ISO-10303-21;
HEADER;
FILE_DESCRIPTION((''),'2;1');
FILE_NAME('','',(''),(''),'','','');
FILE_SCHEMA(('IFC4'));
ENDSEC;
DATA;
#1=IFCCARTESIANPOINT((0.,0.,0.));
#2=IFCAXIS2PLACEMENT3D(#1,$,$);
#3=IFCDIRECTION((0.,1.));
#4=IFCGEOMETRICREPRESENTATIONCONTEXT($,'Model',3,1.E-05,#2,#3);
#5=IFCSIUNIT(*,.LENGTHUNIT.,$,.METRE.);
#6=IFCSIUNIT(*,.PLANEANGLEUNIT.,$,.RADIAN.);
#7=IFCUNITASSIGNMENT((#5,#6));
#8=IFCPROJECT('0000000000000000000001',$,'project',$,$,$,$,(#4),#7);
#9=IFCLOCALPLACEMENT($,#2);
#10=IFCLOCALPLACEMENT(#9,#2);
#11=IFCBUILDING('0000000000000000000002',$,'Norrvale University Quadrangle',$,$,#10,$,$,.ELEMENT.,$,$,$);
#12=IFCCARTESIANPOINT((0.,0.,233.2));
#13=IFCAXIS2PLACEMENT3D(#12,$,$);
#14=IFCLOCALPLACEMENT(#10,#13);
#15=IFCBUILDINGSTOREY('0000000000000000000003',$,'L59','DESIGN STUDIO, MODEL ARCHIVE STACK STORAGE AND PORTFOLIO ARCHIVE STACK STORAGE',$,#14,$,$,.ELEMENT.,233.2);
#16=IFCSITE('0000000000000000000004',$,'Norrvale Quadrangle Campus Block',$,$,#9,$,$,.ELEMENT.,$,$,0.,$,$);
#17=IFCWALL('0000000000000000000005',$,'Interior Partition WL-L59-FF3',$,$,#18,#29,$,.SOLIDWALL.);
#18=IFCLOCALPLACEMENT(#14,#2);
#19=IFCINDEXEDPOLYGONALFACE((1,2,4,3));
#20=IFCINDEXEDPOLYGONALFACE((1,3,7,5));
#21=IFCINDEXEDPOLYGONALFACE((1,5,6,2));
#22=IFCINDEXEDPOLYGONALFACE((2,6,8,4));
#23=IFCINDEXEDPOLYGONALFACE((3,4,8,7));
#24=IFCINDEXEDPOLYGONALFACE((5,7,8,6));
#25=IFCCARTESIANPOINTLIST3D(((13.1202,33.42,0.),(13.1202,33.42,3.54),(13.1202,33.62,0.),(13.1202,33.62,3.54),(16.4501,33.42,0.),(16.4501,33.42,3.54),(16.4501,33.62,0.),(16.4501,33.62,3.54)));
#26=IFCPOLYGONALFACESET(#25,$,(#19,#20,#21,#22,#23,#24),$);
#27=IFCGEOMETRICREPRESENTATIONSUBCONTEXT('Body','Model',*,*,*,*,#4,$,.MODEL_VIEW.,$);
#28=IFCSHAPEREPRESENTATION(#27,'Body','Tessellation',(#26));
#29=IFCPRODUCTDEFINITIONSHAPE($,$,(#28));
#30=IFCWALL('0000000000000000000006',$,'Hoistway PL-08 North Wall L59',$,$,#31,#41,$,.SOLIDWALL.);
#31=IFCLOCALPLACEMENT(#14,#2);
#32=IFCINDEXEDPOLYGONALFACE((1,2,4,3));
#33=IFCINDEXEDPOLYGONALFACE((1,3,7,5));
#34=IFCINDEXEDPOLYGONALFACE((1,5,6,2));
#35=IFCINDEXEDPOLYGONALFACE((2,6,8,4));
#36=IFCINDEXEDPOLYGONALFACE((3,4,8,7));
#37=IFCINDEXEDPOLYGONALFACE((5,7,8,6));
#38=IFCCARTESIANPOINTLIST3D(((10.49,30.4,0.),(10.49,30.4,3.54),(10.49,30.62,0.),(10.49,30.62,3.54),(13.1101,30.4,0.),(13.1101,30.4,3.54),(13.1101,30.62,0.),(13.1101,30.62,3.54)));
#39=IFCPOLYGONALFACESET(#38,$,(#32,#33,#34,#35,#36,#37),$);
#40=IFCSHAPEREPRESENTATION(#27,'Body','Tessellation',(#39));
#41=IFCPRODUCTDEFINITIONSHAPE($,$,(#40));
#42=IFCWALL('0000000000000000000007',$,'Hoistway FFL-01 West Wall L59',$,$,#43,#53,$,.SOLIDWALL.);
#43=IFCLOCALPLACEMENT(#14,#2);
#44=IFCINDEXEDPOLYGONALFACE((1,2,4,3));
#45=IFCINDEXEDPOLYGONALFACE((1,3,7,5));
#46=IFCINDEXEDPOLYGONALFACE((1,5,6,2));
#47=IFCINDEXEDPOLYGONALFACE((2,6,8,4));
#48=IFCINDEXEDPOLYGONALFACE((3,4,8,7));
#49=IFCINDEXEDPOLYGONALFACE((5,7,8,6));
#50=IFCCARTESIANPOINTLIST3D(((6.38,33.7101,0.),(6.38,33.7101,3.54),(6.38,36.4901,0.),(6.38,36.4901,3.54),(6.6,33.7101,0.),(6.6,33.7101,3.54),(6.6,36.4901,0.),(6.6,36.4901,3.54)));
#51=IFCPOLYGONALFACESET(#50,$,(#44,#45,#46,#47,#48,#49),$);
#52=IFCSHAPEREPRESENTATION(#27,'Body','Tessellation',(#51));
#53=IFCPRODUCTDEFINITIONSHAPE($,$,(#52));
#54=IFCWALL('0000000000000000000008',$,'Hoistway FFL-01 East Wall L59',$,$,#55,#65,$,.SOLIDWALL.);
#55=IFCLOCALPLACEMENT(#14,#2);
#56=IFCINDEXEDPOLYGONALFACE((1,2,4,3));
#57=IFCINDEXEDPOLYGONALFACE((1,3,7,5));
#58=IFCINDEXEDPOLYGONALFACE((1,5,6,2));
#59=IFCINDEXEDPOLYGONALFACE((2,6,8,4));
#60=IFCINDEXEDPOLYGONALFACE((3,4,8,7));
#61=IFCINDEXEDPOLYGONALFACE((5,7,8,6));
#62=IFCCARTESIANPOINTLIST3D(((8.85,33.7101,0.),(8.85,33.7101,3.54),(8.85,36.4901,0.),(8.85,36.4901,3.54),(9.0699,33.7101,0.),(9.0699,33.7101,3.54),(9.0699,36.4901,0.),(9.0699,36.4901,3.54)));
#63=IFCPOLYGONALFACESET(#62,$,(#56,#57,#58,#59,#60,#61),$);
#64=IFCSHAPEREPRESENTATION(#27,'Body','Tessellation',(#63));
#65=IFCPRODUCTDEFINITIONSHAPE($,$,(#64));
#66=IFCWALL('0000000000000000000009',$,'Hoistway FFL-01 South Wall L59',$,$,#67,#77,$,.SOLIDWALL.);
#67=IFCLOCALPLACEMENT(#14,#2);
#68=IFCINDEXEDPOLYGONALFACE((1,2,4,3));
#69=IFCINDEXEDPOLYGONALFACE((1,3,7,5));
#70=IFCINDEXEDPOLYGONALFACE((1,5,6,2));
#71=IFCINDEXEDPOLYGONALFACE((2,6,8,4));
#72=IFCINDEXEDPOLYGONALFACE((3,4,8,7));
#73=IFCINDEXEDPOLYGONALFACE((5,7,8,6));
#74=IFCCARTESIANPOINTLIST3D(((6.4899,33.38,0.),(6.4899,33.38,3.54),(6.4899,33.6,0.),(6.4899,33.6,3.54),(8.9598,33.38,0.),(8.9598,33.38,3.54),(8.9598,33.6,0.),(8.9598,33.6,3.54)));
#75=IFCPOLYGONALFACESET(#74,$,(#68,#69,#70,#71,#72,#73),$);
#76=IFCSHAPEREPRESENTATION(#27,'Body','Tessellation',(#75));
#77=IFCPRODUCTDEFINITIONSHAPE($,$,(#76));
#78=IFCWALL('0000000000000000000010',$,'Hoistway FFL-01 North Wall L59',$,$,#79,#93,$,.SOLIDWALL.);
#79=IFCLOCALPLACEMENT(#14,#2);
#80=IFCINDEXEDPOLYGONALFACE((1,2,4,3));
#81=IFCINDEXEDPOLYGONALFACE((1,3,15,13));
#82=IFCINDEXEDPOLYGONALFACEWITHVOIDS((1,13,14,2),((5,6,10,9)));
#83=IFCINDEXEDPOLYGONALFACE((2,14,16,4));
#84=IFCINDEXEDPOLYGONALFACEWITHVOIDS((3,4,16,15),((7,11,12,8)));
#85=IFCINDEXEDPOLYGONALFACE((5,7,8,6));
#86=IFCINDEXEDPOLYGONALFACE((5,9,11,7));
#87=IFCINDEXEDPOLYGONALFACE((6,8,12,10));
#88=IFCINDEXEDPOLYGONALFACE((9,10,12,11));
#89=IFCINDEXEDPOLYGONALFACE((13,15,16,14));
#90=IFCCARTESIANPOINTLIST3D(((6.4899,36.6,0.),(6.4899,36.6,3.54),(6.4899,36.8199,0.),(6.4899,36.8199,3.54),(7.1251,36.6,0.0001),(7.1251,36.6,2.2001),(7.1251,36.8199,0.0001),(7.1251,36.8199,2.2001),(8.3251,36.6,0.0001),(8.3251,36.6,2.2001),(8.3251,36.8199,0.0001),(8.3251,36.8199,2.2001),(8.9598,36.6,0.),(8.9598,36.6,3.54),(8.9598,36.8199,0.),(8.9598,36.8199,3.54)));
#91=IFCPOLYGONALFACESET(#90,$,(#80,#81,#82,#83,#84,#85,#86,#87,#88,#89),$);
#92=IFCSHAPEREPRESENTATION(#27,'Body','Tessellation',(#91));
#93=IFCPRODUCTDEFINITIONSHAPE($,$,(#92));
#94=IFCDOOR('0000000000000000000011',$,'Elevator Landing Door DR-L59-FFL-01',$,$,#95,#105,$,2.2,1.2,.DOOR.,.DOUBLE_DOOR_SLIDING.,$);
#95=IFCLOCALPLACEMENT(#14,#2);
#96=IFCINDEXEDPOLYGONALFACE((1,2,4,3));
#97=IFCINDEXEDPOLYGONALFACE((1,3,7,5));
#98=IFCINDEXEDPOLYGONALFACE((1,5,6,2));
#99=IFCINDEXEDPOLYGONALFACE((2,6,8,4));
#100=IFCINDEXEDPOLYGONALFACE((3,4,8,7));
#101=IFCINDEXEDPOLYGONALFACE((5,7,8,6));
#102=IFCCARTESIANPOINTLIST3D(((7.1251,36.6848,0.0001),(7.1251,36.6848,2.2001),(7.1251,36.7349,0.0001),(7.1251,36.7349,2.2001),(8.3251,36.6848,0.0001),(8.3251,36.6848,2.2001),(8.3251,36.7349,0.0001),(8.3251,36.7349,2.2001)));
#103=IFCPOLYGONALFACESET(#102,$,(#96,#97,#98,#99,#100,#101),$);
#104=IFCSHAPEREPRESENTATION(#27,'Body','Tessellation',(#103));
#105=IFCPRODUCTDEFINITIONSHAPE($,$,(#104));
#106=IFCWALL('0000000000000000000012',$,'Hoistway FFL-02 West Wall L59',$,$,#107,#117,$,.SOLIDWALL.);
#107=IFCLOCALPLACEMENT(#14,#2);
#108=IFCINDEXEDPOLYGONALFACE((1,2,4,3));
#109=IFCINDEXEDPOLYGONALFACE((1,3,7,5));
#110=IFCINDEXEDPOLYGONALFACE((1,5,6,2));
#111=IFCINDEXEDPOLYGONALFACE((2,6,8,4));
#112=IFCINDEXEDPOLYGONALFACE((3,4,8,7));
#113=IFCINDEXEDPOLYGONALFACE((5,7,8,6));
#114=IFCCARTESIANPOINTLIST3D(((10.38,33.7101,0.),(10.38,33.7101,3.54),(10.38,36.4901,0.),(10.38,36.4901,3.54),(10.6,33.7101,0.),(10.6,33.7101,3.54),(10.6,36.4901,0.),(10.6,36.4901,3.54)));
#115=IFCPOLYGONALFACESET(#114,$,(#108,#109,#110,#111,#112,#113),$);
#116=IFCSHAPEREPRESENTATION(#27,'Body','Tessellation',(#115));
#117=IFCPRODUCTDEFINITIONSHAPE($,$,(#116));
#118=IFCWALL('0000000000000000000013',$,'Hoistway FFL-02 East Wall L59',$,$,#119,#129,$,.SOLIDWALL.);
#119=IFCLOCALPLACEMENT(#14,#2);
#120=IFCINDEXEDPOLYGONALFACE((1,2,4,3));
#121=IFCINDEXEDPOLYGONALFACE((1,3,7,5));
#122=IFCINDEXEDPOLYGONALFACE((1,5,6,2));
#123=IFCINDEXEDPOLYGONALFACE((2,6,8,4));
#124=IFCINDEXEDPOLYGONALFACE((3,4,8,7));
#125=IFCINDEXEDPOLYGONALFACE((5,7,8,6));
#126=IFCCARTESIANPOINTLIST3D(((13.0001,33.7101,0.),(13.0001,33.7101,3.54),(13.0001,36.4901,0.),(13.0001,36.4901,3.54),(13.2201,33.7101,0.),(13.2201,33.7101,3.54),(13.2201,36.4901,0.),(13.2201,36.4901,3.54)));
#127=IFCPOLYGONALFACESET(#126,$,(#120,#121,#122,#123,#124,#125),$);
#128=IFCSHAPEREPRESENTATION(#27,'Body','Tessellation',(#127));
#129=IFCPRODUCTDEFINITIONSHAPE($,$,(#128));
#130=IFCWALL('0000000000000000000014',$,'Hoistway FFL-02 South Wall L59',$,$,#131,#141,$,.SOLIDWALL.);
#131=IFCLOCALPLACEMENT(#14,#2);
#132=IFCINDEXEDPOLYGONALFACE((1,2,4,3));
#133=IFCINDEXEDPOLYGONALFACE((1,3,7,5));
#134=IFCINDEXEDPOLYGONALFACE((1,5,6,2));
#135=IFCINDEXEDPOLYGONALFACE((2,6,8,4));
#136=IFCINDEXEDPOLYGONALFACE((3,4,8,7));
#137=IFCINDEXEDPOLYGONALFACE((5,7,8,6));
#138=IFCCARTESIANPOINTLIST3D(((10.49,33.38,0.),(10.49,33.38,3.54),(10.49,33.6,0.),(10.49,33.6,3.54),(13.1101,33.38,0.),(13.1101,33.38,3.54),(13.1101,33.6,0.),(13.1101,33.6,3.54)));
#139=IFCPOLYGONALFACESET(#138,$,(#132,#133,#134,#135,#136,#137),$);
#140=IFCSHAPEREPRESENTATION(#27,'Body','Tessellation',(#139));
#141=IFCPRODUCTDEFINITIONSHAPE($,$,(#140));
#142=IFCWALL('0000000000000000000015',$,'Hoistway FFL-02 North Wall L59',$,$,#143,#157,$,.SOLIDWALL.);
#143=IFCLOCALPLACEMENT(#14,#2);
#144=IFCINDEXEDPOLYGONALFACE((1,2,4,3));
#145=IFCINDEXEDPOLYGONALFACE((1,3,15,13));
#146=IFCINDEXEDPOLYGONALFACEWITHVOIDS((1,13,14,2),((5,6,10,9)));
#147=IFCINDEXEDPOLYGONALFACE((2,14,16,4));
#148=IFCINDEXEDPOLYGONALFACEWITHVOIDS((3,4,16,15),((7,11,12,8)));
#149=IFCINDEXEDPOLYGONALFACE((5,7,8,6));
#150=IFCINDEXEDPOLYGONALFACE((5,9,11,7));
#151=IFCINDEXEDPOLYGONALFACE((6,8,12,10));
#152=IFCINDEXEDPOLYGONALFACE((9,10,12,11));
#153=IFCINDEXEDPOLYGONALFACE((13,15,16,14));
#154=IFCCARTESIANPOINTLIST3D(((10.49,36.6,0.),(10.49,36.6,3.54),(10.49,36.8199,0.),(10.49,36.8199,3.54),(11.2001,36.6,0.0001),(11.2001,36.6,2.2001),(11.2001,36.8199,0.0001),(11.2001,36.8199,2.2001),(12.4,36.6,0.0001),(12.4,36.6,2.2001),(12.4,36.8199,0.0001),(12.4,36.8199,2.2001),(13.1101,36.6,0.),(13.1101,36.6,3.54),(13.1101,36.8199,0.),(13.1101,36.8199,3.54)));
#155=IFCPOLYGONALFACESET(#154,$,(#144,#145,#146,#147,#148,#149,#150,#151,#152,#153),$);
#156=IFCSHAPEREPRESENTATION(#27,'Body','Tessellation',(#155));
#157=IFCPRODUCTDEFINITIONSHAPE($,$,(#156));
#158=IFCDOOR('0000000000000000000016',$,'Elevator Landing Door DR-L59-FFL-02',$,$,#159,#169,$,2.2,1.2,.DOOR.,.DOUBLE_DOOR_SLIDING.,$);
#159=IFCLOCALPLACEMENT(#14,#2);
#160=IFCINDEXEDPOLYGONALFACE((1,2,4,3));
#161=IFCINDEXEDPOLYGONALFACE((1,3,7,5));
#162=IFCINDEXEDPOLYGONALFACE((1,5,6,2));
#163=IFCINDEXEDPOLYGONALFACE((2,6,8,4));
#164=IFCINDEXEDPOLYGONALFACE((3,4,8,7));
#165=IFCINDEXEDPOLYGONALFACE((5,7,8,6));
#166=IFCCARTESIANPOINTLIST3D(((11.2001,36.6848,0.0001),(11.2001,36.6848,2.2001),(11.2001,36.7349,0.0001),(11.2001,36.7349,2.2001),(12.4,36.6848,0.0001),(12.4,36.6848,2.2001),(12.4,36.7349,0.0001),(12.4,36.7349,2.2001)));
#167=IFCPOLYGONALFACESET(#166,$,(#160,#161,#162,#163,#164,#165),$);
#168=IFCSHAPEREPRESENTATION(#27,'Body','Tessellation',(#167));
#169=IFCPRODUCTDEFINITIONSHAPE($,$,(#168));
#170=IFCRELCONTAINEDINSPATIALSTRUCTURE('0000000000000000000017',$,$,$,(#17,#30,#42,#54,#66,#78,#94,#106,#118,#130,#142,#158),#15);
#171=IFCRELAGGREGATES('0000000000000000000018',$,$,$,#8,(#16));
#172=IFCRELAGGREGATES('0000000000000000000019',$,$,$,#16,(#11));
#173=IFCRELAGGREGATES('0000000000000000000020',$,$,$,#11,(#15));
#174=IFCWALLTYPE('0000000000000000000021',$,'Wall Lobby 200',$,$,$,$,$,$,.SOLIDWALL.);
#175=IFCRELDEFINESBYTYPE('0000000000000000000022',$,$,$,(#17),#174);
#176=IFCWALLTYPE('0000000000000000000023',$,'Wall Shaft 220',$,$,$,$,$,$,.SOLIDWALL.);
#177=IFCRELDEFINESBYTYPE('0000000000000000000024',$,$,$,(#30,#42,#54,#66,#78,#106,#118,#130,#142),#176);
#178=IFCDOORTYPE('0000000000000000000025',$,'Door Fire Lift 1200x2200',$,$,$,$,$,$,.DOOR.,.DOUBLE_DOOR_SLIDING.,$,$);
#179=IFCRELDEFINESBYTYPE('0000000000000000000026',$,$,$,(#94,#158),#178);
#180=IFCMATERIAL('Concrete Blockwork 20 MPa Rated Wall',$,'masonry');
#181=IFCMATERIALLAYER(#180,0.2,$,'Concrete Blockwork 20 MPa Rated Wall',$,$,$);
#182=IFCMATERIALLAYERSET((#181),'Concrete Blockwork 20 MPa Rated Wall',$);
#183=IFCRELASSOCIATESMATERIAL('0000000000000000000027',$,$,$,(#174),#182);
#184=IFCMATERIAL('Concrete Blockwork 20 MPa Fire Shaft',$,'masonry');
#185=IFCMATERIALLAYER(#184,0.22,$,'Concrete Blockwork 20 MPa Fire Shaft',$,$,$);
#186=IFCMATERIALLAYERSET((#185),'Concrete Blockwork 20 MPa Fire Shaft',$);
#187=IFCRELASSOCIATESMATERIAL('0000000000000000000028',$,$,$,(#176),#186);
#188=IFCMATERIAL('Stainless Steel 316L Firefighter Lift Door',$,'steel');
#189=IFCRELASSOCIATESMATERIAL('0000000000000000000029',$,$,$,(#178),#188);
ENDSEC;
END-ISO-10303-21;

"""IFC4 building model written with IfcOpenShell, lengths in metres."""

from ifc_helpers import new_model, si_unit, direction, frame, frame_2d, origin, place, context, subcontext, project, spatial, rectangle, extrude, material, layer, layer_set, type_object, element, fill, save


model = new_model("IFC4")

# Units and contexts
model_context = context("Model", 3, precision=1e-05, world=origin(), true_north=direction((0.0, 1.0)))
body_context = subcontext(model_context, "Body", "Model", "MODEL_VIEW")
ifc_project = project(units=[si_unit("LENGTHUNIT", "METRE"), si_unit("PLANEANGLEUNIT", "RADIAN")], contexts=[model_context])

# Site, building, storey
site_placement = place(None, origin())
site = spatial("IfcSite", under=ifc_project, at=site_placement, Name="Norrvale Quadrangle Campus Block", CompositionType="ELEMENT", RefElevation=0.0)
building_placement = place(site_placement, origin())
building = spatial("IfcBuilding", under=site, at=building_placement, Name="Norrvale University Quadrangle", CompositionType="ELEMENT")
storey_placement = place(building_placement, frame((0.0, 0.0, 233.2)))
storey = spatial("IfcBuildingStorey", under=building, at=storey_placement, Name="L59", Description="DESIGN STUDIO, MODEL ARCHIVE STACK STORAGE AND PORTFOLIO ARCHIVE STACK STORAGE", CompositionType="ELEMENT", Elevation=233.2)

# Walls
ifc_material_1 = material(Name="Concrete Blockwork 20 MPa Rated Wall", Category="masonry")
ifc_layer_1 = layer(ifc_material_1, 0.2, Name="Concrete Blockwork 20 MPa Rated Wall")
ifc_layer_set_1 = layer_set([ifc_layer_1], Name="Concrete Blockwork 20 MPa Rated Wall")
wall_type_1 = type_object("IfcWallType", Name="Wall Lobby 200", PredefinedType="SOLIDWALL", material=ifc_layer_set_1)
wall_1_placement = place(storey_placement, frame((13.1201, 33.52, 0.0), z_axis=(0.0, 0.0, 1.0), x_axis=(1.0, 0.0, 0.0)))
element("IfcWall", 1, at=wall_1_placement, inside=storey, type_object=wall_type_1, Name="Interior Partition WL-L59-FF3", PredefinedType="SOLIDWALL", context=body_context, shape_type="SweptSolid", body=[
    extrude(rectangle(XDim=3.3298, YDim=0.2, at=frame_2d((1.665, 0.0))), origin(), (0.0, 0.0, 1.0), 3.54),
])
ifc_material_2 = material(Name="Concrete Blockwork 20 MPa Fire Shaft", Category="masonry")
ifc_layer_2 = layer(ifc_material_2, 0.22, Name="Concrete Blockwork 20 MPa Fire Shaft")
ifc_layer_set_2 = layer_set([ifc_layer_2], Name="Concrete Blockwork 20 MPa Fire Shaft")
wall_type_2 = type_object("IfcWallType", Name="Wall Shaft 220", PredefinedType="SOLIDWALL", material=ifc_layer_set_2)
wall_2_placement = place(storey_placement, frame((10.49, 30.51, 0.0), z_axis=(0.0, 0.0, 1.0), x_axis=(1.0, 0.0, 0.0)))
element("IfcWall", 2, at=wall_2_placement, inside=storey, type_object=wall_type_2, Name="Hoistway PL-08 North Wall L59", PredefinedType="SOLIDWALL", context=body_context, shape_type="SweptSolid", body=[
    extrude(rectangle(XDim=2.6201, YDim=0.22, at=frame_2d((1.3101, 0.0))), origin(), (0.0, 0.0, 1.0), 3.54),
])
for number, where, z_axis, x_axis, name in (
    (3, (6.49, 33.71, 0.0), (0.0, 0.0, 1.0), (0.0, 1.0, 0.0), "Hoistway FFL-01 West Wall L59"),
    (4, (8.96, 33.71, 0.0), (0.0, 0.0, 1.0), (0.0, 1.0, 0.0), "Hoistway FFL-01 East Wall L59"),
):
    element("IfcWall", number, at=place(storey_placement, frame(where, z_axis=z_axis, x_axis=x_axis)), inside=storey, type_object=wall_type_2, Name=name, PredefinedType="SOLIDWALL", context=body_context, shape_type="SweptSolid", body=[
        extrude(rectangle(XDim=2.78, YDim=0.22, at=frame_2d((1.3901, 0.0))), origin(), (0.0, 0.0, 1.0), 3.54),
    ])
wall_3_placement = place(storey_placement, frame((6.49, 33.49, 0.0), z_axis=(0.0, 0.0, 1.0), x_axis=(1.0, 0.0, 0.0)))
element("IfcWall", 5, at=wall_3_placement, inside=storey, type_object=wall_type_2, Name="Hoistway FFL-01 South Wall L59", PredefinedType="SOLIDWALL", context=body_context, shape_type="SweptSolid", body=[
    extrude(rectangle(XDim=2.47, YDim=0.22, at=frame_2d((1.2349, 0.0))), origin(), (0.0, 0.0, 1.0), 3.54),
])

# Wall, opening, door
wall_4_placement = place(storey_placement, frame((6.49, 36.71, 0.0), z_axis=(0.0, 0.0, 1.0), x_axis=(1.0, 0.0, 0.0)))
wall_4 = element("IfcWall", 6, at=wall_4_placement, inside=storey, type_object=wall_type_2, Name="Hoistway FFL-01 North Wall L59", PredefinedType="SOLIDWALL", context=body_context, shape_type="SweptSolid", body=[
    extrude(rectangle(XDim=2.47, YDim=0.22, at=frame_2d((1.2349, 0.0))), origin(), (0.0, 0.0, 1.0), 3.54),
])
opening_1_placement = place(wall_4_placement, frame((0.635, 0.0, 0.0)))
opening_1 = element("IfcOpeningElement", 7, at=opening_1_placement, cuts=wall_4, PredefinedType="OPENING", context=body_context, shape_type="SweptSolid", body=[
    extrude(rectangle(XDim=1.2, YDim=2.2, at=frame_2d((0.6001, 1.1001))), frame((0.0, 0.1221, 0.0), z_axis=(0.0, -1.0, 0.0), x_axis=(1.0, 0.0, 0.0)), (0.0, 0.0, 1.0), 0.2439),
])
ifc_material_3 = material(Name="Stainless Steel 316L Firefighter Lift Door", Category="steel")
door_type_1 = type_object("IfcDoorType", Name="Door Fire Lift 1200x2200", OperationType="DOUBLE_DOOR_SLIDING", PredefinedType="DOOR", material=ifc_material_3)
door_1_placement = place(opening_1_placement, origin())
door_1 = element("IfcDoor", 8, at=door_1_placement, inside=storey, type_object=door_type_1, Name="Elevator Landing Door DR-L59-FFL-01", OperationType="DOUBLE_DOOR_SLIDING", OverallHeight=2.2, OverallWidth=1.2, PredefinedType="DOOR", context=body_context, shape_type="SweptSolid", body=[
    extrude(rectangle(XDim=1.2, YDim=2.2, at=frame_2d((0.6001, 1.1001))), frame((0.0, 0.0249, 0.0), z_axis=(0.0, -1.0, 0.0), x_axis=(1.0, 0.0, 0.0)), (0.0, 0.0, 1.0), 0.05),
])
fill(opening_1, door_1)

# Walls
for number, where, z_axis, x_axis, name in (
    (9, (10.49, 33.71, 0.0), (0.0, 0.0, 1.0), (0.0, 1.0, 0.0), "Hoistway FFL-02 West Wall L59"),
    (10, (13.1101, 33.71, 0.0), (0.0, 0.0, 1.0), (0.0, 1.0, 0.0), "Hoistway FFL-02 East Wall L59"),
):
    element("IfcWall", number, at=place(storey_placement, frame(where, z_axis=z_axis, x_axis=x_axis)), inside=storey, type_object=wall_type_2, Name=name, PredefinedType="SOLIDWALL", context=body_context, shape_type="SweptSolid", body=[
        extrude(rectangle(XDim=2.78, YDim=0.22, at=frame_2d((1.3901, 0.0))), origin(), (0.0, 0.0, 1.0), 3.54),
    ])
wall_5_placement = place(storey_placement, frame((10.49, 33.49, 0.0), z_axis=(0.0, 0.0, 1.0), x_axis=(1.0, 0.0, 0.0)))
element("IfcWall", 11, at=wall_5_placement, inside=storey, type_object=wall_type_2, Name="Hoistway FFL-02 South Wall L59", PredefinedType="SOLIDWALL", context=body_context, shape_type="SweptSolid", body=[
    extrude(rectangle(XDim=2.6201, YDim=0.22, at=frame_2d((1.3101, 0.0))), origin(), (0.0, 0.0, 1.0), 3.54),
])

# Wall, opening, door
wall_6_placement = place(storey_placement, frame((10.49, 36.71, 0.0), z_axis=(0.0, 0.0, 1.0), x_axis=(1.0, 0.0, 0.0)))
wall_6 = element("IfcWall", 12, at=wall_6_placement, inside=storey, type_object=wall_type_2, Name="Hoistway FFL-02 North Wall L59", PredefinedType="SOLIDWALL", context=body_context, shape_type="SweptSolid", body=[
    extrude(rectangle(XDim=2.6201, YDim=0.22, at=frame_2d((1.3101, 0.0))), origin(), (0.0, 0.0, 1.0), 3.54),
])
opening_2_placement = place(wall_6_placement, frame((0.71, 0.0, 0.0)))
opening_2 = element("IfcOpeningElement", 13, at=opening_2_placement, cuts=wall_6, PredefinedType="OPENING", context=body_context, shape_type="SweptSolid", body=[
    extrude(rectangle(XDim=1.2, YDim=2.2, at=frame_2d((0.6001, 1.1001))), frame((0.0, 0.1221, 0.0), z_axis=(0.0, -1.0, 0.0), x_axis=(1.0, 0.0, 0.0)), (0.0, 0.0, 1.0), 0.2439),
])
door_2_placement = place(opening_2_placement, origin())
door_2 = element("IfcDoor", 14, at=door_2_placement, inside=storey, type_object=door_type_1, Name="Elevator Landing Door DR-L59-FFL-02", OperationType="DOUBLE_DOOR_SLIDING", OverallHeight=2.2, OverallWidth=1.2, PredefinedType="DOOR", context=body_context, shape_type="SweptSolid", body=[
    extrude(rectangle(XDim=1.2, YDim=2.2, at=frame_2d((0.6001, 1.1001))), frame((0.0, 0.0249, 0.0), z_axis=(0.0, -1.0, 0.0), x_axis=(1.0, 0.0, 0.0)), (0.0, 0.0, 1.0), 0.05),
])
fill(opening_2, door_2)

save(model, "model.ifc")
